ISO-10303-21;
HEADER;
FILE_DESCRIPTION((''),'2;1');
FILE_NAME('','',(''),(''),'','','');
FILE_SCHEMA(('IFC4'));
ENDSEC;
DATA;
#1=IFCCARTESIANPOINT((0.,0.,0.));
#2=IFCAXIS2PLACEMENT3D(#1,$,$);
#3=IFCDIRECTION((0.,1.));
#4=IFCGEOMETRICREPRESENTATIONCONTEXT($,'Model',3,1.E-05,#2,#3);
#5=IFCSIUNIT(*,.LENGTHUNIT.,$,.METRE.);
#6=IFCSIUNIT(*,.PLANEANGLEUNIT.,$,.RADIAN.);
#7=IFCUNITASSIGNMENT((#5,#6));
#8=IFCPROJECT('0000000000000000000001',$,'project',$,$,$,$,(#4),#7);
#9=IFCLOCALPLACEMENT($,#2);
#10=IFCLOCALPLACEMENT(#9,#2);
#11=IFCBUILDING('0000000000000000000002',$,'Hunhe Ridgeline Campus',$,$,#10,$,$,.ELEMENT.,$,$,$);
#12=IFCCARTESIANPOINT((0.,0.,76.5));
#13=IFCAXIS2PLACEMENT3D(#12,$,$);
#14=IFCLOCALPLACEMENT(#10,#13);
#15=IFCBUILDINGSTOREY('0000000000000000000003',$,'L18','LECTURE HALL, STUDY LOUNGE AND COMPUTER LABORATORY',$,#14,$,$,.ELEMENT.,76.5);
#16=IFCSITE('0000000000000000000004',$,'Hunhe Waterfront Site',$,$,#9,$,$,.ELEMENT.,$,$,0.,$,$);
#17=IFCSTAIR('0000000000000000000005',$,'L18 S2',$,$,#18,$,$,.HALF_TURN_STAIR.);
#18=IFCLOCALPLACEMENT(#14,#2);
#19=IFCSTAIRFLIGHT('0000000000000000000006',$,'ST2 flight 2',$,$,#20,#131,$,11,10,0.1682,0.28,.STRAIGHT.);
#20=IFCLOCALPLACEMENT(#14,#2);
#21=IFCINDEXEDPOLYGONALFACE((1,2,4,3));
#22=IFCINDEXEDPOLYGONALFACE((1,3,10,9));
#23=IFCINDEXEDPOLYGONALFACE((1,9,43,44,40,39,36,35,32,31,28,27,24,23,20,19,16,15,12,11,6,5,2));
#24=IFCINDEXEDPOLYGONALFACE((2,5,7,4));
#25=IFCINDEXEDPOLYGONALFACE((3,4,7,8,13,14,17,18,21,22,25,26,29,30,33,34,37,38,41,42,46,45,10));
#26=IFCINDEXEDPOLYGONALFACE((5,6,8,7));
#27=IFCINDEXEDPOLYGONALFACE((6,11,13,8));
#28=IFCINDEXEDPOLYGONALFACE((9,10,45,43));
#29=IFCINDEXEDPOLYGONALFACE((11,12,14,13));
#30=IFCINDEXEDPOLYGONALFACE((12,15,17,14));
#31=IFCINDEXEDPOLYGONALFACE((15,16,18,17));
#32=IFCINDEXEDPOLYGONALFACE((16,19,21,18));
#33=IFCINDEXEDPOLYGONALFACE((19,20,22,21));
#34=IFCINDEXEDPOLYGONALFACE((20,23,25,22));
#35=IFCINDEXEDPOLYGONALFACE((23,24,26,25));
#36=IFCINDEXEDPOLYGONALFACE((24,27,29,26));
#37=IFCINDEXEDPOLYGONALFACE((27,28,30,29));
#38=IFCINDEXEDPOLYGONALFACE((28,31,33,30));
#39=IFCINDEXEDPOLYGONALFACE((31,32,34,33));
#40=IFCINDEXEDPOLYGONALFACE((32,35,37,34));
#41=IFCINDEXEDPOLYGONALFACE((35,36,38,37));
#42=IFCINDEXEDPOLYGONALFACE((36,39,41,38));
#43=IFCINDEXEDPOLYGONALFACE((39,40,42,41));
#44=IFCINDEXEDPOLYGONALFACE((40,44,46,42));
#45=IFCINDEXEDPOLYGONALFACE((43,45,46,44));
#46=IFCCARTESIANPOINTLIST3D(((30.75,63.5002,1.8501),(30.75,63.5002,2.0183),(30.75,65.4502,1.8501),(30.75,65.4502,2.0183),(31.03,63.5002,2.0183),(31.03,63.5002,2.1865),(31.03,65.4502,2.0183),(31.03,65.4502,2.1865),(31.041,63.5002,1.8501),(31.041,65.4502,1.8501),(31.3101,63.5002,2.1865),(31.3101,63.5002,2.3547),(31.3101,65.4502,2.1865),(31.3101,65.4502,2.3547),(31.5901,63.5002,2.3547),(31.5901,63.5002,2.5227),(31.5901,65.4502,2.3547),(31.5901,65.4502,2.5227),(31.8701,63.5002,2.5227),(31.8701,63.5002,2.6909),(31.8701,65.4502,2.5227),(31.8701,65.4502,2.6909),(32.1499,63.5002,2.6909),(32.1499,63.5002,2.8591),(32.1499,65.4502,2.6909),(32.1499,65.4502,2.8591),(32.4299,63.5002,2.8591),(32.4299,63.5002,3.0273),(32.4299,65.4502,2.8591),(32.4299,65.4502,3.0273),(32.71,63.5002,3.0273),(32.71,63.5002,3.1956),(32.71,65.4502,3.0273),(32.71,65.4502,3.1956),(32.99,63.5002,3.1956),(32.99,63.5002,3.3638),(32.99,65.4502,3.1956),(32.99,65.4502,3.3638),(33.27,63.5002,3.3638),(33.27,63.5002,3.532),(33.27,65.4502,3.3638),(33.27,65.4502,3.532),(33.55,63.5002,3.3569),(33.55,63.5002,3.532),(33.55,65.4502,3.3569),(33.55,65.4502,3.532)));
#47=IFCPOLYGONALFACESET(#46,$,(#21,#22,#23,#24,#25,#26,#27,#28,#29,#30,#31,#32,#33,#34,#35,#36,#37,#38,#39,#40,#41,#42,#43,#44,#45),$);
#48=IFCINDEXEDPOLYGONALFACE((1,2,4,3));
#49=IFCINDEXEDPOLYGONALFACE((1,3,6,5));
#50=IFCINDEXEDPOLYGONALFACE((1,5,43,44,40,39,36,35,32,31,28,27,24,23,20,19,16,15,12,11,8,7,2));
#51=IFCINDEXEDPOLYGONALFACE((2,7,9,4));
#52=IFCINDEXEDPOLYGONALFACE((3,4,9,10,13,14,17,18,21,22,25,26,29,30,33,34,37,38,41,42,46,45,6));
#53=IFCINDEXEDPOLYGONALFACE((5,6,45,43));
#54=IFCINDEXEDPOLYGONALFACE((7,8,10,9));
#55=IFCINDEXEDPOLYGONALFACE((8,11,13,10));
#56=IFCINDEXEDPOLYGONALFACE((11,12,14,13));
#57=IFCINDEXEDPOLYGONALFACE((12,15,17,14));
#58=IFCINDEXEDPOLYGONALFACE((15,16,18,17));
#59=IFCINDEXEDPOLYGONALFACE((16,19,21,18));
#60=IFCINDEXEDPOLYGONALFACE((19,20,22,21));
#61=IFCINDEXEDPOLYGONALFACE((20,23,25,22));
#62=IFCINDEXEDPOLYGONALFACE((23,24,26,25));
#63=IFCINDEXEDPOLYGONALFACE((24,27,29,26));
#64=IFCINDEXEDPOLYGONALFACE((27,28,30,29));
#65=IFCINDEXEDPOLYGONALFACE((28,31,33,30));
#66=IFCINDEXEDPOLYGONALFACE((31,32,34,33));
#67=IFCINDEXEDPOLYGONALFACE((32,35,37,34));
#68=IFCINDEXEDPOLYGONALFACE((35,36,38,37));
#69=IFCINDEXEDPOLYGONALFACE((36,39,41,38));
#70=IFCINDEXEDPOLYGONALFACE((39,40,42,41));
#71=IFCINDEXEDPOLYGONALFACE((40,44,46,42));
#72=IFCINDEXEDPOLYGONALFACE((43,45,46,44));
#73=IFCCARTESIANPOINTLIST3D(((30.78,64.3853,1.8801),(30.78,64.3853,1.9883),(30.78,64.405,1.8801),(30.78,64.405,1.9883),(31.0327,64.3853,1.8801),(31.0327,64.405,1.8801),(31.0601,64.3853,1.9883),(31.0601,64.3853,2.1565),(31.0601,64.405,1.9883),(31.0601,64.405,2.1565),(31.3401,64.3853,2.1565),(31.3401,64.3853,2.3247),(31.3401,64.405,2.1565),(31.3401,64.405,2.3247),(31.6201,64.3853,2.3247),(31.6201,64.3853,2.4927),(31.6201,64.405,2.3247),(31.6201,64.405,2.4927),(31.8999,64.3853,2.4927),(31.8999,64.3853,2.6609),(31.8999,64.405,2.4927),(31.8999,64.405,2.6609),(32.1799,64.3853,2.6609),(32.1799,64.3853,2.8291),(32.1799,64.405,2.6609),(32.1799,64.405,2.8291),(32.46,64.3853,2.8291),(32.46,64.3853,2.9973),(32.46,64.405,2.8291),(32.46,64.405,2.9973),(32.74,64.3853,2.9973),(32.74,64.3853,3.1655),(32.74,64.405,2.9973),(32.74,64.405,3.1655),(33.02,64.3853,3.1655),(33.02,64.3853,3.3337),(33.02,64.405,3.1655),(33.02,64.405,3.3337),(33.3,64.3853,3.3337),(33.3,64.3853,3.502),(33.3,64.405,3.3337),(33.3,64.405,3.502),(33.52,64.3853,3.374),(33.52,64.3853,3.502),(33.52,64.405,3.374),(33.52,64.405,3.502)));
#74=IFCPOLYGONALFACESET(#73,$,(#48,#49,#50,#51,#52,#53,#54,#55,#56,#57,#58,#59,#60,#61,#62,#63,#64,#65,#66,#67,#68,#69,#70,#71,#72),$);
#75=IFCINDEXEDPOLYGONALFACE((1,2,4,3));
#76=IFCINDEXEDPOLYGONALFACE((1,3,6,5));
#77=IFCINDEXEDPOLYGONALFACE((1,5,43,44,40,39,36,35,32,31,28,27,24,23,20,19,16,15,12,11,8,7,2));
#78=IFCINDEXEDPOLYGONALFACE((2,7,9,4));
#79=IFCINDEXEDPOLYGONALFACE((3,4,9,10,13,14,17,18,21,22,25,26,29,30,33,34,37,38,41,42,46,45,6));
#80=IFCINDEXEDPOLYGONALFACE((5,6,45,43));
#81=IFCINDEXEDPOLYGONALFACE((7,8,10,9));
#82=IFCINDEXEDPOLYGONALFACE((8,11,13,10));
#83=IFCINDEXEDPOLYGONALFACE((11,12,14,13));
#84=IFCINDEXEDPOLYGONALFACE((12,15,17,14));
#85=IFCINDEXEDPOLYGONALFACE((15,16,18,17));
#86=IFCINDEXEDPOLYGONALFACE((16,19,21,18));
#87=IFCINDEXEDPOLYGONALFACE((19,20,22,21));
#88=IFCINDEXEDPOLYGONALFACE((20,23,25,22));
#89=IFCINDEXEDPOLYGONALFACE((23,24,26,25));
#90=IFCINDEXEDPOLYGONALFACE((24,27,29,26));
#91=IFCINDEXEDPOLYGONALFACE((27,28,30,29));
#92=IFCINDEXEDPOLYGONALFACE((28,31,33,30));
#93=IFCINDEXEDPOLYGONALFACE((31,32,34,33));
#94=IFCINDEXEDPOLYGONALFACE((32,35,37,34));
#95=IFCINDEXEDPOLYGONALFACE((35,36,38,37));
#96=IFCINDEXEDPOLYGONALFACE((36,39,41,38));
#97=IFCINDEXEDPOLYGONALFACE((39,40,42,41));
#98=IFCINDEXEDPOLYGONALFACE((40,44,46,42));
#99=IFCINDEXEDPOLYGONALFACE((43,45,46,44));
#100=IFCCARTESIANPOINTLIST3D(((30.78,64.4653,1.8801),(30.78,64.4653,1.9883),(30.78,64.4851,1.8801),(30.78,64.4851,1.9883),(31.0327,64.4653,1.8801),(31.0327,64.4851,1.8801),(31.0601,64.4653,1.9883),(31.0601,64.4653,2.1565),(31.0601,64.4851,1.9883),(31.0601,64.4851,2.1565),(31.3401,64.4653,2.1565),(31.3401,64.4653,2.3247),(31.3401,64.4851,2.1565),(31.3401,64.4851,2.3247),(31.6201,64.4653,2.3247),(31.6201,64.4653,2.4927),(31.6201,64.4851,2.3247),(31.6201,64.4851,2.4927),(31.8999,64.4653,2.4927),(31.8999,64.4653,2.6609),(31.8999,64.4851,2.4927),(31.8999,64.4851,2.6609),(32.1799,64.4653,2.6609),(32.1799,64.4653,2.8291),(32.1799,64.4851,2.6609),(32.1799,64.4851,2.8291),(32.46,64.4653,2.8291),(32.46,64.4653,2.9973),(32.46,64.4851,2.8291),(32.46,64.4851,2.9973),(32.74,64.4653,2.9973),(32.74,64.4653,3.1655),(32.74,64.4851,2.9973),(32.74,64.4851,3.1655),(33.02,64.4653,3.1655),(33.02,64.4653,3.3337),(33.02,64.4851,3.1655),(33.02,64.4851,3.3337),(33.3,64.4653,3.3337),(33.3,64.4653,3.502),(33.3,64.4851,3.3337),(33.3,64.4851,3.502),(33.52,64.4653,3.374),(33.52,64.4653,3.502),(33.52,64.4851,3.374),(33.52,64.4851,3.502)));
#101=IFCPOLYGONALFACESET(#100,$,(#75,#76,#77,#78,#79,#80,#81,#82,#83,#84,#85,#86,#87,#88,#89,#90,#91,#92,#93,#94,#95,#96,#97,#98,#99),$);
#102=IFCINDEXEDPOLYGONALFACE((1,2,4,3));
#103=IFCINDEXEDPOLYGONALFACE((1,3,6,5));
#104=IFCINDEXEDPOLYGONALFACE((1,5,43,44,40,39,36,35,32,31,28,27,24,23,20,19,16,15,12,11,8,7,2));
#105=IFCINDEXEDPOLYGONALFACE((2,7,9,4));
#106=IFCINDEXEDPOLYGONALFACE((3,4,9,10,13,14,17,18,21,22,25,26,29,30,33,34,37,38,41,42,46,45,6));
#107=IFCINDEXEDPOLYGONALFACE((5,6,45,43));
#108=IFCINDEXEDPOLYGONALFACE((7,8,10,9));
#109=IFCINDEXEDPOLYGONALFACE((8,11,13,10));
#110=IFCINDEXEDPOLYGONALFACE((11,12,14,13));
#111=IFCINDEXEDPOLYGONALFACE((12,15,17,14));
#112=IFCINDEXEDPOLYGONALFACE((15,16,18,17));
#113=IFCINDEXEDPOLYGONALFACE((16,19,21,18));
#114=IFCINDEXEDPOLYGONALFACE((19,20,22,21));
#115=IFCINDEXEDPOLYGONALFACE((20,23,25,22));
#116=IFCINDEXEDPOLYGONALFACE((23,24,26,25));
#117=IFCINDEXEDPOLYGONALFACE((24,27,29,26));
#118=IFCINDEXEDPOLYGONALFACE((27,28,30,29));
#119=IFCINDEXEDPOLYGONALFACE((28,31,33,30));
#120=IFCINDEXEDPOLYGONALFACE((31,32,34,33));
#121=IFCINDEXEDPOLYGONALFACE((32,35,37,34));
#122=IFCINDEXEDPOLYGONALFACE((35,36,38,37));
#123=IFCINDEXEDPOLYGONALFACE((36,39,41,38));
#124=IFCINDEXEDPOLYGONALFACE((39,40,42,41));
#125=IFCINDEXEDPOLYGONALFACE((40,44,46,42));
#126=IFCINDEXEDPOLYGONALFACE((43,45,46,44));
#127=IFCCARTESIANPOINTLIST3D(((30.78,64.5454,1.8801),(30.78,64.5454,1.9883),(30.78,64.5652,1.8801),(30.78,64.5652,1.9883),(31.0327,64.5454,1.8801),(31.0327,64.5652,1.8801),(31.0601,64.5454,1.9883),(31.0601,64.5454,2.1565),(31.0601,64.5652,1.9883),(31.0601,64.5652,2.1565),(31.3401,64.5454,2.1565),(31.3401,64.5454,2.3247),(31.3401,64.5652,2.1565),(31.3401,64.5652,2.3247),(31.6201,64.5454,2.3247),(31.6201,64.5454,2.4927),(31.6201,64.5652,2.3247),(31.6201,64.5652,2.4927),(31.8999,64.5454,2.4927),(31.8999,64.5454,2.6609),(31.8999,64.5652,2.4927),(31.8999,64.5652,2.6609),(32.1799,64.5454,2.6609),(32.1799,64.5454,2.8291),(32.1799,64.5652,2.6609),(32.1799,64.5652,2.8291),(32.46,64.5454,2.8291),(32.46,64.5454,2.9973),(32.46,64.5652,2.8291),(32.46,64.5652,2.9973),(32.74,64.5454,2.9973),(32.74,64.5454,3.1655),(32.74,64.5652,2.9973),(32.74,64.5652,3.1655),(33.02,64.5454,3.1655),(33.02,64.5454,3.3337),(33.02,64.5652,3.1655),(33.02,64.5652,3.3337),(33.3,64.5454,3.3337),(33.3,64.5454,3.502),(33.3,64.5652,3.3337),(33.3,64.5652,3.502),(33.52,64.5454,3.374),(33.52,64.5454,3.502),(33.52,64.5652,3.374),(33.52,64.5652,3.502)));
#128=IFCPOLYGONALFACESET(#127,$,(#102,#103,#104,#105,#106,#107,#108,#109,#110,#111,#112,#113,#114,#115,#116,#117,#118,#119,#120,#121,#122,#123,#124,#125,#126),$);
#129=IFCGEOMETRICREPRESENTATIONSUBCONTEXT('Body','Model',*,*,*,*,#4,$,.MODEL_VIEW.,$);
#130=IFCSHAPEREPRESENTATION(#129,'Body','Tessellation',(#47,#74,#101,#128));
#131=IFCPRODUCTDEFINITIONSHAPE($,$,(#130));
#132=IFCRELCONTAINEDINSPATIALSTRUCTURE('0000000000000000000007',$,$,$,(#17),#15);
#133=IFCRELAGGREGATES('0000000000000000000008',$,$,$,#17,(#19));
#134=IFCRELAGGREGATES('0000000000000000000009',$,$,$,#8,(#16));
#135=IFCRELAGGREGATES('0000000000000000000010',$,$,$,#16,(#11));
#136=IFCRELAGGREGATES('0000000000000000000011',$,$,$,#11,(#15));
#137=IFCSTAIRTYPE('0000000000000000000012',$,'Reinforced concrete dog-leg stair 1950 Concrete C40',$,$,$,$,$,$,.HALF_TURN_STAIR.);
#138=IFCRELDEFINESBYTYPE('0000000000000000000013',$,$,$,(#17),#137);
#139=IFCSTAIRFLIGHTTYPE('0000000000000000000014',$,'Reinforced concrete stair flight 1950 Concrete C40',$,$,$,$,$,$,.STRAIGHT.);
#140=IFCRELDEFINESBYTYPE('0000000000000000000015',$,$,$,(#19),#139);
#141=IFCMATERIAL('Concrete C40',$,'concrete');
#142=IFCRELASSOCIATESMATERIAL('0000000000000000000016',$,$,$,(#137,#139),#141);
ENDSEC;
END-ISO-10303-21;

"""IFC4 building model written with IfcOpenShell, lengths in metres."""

from ifc_helpers import new_model, si_unit, direction, frame, origin, place, context, subcontext, project, spatial, polyline, outline, extrude, material, type_object, element, aggregate, save


model = new_model("IFC4")

# Units and contexts
model_context = context("Model", 3, precision=1e-05, world=origin(), true_north=direction((0.0, 1.0)))
body_context = subcontext(model_context, "Body", "Model", "MODEL_VIEW")
ifc_project = project(units=[si_unit("LENGTHUNIT", "METRE"), si_unit("PLANEANGLEUNIT", "RADIAN")], contexts=[model_context])

# Site, building, storey
site_placement = place(None, origin())
site = spatial("IfcSite", under=ifc_project, at=site_placement, Name="Hunhe Waterfront Site", CompositionType="ELEMENT", RefElevation=0.0)
building_placement = place(site_placement, origin())
building = spatial("IfcBuilding", under=site, at=building_placement, Name="Hunhe Ridgeline Campus", CompositionType="ELEMENT")
storey_placement = place(building_placement, frame((0.0, 0.0, 76.5)))
storey = spatial("IfcBuildingStorey", under=building, at=storey_placement, Name="L18", Description="LECTURE HALL, STUDY LOUNGE AND COMPUTER LABORATORY", CompositionType="ELEMENT", Elevation=76.5)

# Stair, stair flight
ifc_material_1 = material(Name="Concrete C40", Category="concrete")
stair_type = type_object("IfcStairType", Name="Reinforced concrete dog-leg stair 1950 Concrete C40", PredefinedType="HALF_TURN_STAIR", material=ifc_material_1)
stair_placement = place(storey_placement, origin())
stair = element("IfcStair", 1, at=stair_placement, inside=storey, type_object=stair_type, Name="L18 S2", PredefinedType="HALF_TURN_STAIR")
stair_flight_type = type_object("IfcStairFlightType", Name="Reinforced concrete stair flight 1950 Concrete C40", PredefinedType="STRAIGHT", material=ifc_material_1)
stair_flight_1_placement = place(storey_placement, frame((30.75, 64.4751, 1.8501), z_axis=(0.0, 0.0, 1.0), x_axis=(1.0, 0.0, 0.0)))
stair_flight_1 = element("IfcStairFlight", 2, at=stair_flight_1_placement, type_object=stair_flight_type, Name="ST2 flight 2", NumberOfRisers=11, NumberOfTreads=10, PredefinedType="STRAIGHT", RiserHeight=0.1682, TreadLength=0.28, context=body_context, shape_type="SweptSolid", body=[
    extrude(outline(polyline([(0.0, 0.0), (0.0, 0.1682), (0.28, 0.1682), (0.28, 0.3364), (0.5601, 0.3364), (0.5601, 0.5046), (0.8401, 0.5046), (0.8401, 0.6726), (1.1201, 0.6726), (1.1201, 0.8408), (1.3999, 0.8408), (1.3999, 1.009), (1.6799, 1.009), (1.6799, 1.1772), (1.96, 1.1772), (1.96, 1.3455), (2.24, 1.3455), (2.24, 1.5137), (2.52, 1.5137), (2.52, 1.6819), (2.8, 1.6819), (2.8, 1.8501), (2.8, 1.5068), (0.291, 0.0), (0.0, 0.0)])), frame((0.0, 0.9751, 0.0), z_axis=(0.0, -1.0, 0.0), x_axis=(1.0, 0.0, 0.0)), (0.0, 0.0, 1.0), 1.95),
    extrude(outline(polyline([(0.03, 0.03), (0.03, 0.1382), (0.3101, 0.1382), (0.3101, 0.3064), (0.5901, 0.3064), (0.5901, 0.4746), (0.8701, 0.4746), (0.8701, 0.6426), (1.1499, 0.6426), (1.1499, 0.8108), (1.4299, 0.8108), (1.4299, 0.979), (1.71, 0.979), (1.71, 1.1472), (1.99, 1.1472), (1.99, 1.3154), (2.27, 1.3154), (2.27, 1.4836), (2.55, 1.4836), (2.55, 1.6519), (2.77, 1.6519), (2.77, 1.5239), (0.2827, 0.03), (0.03, 0.03)])), frame((0.0, -0.0701, 0.0), z_axis=(0.0, -1.0, 0.0), x_axis=(1.0, 0.0, 0.0)), (0.0, 0.0, 1.0), 0.0198),
    extrude(outline(polyline([(0.03, 0.03), (0.03, 0.1382), (0.3101, 0.1382), (0.3101, 0.3064), (0.5901, 0.3064), (0.5901, 0.4746), (0.8701, 0.4746), (0.8701, 0.6426), (1.1499, 0.6426), (1.1499, 0.8108), (1.4299, 0.8108), (1.4299, 0.979), (1.71, 0.979), (1.71, 1.1472), (1.99, 1.1472), (1.99, 1.3154), (2.27, 1.3154), (2.27, 1.4836), (2.55, 1.4836), (2.55, 1.6519), (2.77, 1.6519), (2.77, 1.5239), (0.2827, 0.03), (0.03, 0.03)])), frame((0.0, 0.01, 0.0), z_axis=(0.0, -1.0, 0.0), x_axis=(1.0, 0.0, 0.0)), (0.0, 0.0, 1.0), 0.0198),
    extrude(outline(polyline([(0.03, 0.03), (0.03, 0.1382), (0.3101, 0.1382), (0.3101, 0.3064), (0.5901, 0.3064), (0.5901, 0.4746), (0.8701, 0.4746), (0.8701, 0.6426), (1.1499, 0.6426), (1.1499, 0.8108), (1.4299, 0.8108), (1.4299, 0.979), (1.71, 0.979), (1.71, 1.1472), (1.99, 1.1472), (1.99, 1.3154), (2.27, 1.3154), (2.27, 1.4836), (2.55, 1.4836), (2.55, 1.6519), (2.77, 1.6519), (2.77, 1.5239), (0.2827, 0.03), (0.03, 0.03)])), frame((0.0, 0.0901, 0.0), z_axis=(0.0, -1.0, 0.0), x_axis=(1.0, 0.0, 0.0)), (0.0, 0.0, 1.0), 0.0198),
])
aggregate(stair, [stair_flight_1])

save(model, "model.ifc")
